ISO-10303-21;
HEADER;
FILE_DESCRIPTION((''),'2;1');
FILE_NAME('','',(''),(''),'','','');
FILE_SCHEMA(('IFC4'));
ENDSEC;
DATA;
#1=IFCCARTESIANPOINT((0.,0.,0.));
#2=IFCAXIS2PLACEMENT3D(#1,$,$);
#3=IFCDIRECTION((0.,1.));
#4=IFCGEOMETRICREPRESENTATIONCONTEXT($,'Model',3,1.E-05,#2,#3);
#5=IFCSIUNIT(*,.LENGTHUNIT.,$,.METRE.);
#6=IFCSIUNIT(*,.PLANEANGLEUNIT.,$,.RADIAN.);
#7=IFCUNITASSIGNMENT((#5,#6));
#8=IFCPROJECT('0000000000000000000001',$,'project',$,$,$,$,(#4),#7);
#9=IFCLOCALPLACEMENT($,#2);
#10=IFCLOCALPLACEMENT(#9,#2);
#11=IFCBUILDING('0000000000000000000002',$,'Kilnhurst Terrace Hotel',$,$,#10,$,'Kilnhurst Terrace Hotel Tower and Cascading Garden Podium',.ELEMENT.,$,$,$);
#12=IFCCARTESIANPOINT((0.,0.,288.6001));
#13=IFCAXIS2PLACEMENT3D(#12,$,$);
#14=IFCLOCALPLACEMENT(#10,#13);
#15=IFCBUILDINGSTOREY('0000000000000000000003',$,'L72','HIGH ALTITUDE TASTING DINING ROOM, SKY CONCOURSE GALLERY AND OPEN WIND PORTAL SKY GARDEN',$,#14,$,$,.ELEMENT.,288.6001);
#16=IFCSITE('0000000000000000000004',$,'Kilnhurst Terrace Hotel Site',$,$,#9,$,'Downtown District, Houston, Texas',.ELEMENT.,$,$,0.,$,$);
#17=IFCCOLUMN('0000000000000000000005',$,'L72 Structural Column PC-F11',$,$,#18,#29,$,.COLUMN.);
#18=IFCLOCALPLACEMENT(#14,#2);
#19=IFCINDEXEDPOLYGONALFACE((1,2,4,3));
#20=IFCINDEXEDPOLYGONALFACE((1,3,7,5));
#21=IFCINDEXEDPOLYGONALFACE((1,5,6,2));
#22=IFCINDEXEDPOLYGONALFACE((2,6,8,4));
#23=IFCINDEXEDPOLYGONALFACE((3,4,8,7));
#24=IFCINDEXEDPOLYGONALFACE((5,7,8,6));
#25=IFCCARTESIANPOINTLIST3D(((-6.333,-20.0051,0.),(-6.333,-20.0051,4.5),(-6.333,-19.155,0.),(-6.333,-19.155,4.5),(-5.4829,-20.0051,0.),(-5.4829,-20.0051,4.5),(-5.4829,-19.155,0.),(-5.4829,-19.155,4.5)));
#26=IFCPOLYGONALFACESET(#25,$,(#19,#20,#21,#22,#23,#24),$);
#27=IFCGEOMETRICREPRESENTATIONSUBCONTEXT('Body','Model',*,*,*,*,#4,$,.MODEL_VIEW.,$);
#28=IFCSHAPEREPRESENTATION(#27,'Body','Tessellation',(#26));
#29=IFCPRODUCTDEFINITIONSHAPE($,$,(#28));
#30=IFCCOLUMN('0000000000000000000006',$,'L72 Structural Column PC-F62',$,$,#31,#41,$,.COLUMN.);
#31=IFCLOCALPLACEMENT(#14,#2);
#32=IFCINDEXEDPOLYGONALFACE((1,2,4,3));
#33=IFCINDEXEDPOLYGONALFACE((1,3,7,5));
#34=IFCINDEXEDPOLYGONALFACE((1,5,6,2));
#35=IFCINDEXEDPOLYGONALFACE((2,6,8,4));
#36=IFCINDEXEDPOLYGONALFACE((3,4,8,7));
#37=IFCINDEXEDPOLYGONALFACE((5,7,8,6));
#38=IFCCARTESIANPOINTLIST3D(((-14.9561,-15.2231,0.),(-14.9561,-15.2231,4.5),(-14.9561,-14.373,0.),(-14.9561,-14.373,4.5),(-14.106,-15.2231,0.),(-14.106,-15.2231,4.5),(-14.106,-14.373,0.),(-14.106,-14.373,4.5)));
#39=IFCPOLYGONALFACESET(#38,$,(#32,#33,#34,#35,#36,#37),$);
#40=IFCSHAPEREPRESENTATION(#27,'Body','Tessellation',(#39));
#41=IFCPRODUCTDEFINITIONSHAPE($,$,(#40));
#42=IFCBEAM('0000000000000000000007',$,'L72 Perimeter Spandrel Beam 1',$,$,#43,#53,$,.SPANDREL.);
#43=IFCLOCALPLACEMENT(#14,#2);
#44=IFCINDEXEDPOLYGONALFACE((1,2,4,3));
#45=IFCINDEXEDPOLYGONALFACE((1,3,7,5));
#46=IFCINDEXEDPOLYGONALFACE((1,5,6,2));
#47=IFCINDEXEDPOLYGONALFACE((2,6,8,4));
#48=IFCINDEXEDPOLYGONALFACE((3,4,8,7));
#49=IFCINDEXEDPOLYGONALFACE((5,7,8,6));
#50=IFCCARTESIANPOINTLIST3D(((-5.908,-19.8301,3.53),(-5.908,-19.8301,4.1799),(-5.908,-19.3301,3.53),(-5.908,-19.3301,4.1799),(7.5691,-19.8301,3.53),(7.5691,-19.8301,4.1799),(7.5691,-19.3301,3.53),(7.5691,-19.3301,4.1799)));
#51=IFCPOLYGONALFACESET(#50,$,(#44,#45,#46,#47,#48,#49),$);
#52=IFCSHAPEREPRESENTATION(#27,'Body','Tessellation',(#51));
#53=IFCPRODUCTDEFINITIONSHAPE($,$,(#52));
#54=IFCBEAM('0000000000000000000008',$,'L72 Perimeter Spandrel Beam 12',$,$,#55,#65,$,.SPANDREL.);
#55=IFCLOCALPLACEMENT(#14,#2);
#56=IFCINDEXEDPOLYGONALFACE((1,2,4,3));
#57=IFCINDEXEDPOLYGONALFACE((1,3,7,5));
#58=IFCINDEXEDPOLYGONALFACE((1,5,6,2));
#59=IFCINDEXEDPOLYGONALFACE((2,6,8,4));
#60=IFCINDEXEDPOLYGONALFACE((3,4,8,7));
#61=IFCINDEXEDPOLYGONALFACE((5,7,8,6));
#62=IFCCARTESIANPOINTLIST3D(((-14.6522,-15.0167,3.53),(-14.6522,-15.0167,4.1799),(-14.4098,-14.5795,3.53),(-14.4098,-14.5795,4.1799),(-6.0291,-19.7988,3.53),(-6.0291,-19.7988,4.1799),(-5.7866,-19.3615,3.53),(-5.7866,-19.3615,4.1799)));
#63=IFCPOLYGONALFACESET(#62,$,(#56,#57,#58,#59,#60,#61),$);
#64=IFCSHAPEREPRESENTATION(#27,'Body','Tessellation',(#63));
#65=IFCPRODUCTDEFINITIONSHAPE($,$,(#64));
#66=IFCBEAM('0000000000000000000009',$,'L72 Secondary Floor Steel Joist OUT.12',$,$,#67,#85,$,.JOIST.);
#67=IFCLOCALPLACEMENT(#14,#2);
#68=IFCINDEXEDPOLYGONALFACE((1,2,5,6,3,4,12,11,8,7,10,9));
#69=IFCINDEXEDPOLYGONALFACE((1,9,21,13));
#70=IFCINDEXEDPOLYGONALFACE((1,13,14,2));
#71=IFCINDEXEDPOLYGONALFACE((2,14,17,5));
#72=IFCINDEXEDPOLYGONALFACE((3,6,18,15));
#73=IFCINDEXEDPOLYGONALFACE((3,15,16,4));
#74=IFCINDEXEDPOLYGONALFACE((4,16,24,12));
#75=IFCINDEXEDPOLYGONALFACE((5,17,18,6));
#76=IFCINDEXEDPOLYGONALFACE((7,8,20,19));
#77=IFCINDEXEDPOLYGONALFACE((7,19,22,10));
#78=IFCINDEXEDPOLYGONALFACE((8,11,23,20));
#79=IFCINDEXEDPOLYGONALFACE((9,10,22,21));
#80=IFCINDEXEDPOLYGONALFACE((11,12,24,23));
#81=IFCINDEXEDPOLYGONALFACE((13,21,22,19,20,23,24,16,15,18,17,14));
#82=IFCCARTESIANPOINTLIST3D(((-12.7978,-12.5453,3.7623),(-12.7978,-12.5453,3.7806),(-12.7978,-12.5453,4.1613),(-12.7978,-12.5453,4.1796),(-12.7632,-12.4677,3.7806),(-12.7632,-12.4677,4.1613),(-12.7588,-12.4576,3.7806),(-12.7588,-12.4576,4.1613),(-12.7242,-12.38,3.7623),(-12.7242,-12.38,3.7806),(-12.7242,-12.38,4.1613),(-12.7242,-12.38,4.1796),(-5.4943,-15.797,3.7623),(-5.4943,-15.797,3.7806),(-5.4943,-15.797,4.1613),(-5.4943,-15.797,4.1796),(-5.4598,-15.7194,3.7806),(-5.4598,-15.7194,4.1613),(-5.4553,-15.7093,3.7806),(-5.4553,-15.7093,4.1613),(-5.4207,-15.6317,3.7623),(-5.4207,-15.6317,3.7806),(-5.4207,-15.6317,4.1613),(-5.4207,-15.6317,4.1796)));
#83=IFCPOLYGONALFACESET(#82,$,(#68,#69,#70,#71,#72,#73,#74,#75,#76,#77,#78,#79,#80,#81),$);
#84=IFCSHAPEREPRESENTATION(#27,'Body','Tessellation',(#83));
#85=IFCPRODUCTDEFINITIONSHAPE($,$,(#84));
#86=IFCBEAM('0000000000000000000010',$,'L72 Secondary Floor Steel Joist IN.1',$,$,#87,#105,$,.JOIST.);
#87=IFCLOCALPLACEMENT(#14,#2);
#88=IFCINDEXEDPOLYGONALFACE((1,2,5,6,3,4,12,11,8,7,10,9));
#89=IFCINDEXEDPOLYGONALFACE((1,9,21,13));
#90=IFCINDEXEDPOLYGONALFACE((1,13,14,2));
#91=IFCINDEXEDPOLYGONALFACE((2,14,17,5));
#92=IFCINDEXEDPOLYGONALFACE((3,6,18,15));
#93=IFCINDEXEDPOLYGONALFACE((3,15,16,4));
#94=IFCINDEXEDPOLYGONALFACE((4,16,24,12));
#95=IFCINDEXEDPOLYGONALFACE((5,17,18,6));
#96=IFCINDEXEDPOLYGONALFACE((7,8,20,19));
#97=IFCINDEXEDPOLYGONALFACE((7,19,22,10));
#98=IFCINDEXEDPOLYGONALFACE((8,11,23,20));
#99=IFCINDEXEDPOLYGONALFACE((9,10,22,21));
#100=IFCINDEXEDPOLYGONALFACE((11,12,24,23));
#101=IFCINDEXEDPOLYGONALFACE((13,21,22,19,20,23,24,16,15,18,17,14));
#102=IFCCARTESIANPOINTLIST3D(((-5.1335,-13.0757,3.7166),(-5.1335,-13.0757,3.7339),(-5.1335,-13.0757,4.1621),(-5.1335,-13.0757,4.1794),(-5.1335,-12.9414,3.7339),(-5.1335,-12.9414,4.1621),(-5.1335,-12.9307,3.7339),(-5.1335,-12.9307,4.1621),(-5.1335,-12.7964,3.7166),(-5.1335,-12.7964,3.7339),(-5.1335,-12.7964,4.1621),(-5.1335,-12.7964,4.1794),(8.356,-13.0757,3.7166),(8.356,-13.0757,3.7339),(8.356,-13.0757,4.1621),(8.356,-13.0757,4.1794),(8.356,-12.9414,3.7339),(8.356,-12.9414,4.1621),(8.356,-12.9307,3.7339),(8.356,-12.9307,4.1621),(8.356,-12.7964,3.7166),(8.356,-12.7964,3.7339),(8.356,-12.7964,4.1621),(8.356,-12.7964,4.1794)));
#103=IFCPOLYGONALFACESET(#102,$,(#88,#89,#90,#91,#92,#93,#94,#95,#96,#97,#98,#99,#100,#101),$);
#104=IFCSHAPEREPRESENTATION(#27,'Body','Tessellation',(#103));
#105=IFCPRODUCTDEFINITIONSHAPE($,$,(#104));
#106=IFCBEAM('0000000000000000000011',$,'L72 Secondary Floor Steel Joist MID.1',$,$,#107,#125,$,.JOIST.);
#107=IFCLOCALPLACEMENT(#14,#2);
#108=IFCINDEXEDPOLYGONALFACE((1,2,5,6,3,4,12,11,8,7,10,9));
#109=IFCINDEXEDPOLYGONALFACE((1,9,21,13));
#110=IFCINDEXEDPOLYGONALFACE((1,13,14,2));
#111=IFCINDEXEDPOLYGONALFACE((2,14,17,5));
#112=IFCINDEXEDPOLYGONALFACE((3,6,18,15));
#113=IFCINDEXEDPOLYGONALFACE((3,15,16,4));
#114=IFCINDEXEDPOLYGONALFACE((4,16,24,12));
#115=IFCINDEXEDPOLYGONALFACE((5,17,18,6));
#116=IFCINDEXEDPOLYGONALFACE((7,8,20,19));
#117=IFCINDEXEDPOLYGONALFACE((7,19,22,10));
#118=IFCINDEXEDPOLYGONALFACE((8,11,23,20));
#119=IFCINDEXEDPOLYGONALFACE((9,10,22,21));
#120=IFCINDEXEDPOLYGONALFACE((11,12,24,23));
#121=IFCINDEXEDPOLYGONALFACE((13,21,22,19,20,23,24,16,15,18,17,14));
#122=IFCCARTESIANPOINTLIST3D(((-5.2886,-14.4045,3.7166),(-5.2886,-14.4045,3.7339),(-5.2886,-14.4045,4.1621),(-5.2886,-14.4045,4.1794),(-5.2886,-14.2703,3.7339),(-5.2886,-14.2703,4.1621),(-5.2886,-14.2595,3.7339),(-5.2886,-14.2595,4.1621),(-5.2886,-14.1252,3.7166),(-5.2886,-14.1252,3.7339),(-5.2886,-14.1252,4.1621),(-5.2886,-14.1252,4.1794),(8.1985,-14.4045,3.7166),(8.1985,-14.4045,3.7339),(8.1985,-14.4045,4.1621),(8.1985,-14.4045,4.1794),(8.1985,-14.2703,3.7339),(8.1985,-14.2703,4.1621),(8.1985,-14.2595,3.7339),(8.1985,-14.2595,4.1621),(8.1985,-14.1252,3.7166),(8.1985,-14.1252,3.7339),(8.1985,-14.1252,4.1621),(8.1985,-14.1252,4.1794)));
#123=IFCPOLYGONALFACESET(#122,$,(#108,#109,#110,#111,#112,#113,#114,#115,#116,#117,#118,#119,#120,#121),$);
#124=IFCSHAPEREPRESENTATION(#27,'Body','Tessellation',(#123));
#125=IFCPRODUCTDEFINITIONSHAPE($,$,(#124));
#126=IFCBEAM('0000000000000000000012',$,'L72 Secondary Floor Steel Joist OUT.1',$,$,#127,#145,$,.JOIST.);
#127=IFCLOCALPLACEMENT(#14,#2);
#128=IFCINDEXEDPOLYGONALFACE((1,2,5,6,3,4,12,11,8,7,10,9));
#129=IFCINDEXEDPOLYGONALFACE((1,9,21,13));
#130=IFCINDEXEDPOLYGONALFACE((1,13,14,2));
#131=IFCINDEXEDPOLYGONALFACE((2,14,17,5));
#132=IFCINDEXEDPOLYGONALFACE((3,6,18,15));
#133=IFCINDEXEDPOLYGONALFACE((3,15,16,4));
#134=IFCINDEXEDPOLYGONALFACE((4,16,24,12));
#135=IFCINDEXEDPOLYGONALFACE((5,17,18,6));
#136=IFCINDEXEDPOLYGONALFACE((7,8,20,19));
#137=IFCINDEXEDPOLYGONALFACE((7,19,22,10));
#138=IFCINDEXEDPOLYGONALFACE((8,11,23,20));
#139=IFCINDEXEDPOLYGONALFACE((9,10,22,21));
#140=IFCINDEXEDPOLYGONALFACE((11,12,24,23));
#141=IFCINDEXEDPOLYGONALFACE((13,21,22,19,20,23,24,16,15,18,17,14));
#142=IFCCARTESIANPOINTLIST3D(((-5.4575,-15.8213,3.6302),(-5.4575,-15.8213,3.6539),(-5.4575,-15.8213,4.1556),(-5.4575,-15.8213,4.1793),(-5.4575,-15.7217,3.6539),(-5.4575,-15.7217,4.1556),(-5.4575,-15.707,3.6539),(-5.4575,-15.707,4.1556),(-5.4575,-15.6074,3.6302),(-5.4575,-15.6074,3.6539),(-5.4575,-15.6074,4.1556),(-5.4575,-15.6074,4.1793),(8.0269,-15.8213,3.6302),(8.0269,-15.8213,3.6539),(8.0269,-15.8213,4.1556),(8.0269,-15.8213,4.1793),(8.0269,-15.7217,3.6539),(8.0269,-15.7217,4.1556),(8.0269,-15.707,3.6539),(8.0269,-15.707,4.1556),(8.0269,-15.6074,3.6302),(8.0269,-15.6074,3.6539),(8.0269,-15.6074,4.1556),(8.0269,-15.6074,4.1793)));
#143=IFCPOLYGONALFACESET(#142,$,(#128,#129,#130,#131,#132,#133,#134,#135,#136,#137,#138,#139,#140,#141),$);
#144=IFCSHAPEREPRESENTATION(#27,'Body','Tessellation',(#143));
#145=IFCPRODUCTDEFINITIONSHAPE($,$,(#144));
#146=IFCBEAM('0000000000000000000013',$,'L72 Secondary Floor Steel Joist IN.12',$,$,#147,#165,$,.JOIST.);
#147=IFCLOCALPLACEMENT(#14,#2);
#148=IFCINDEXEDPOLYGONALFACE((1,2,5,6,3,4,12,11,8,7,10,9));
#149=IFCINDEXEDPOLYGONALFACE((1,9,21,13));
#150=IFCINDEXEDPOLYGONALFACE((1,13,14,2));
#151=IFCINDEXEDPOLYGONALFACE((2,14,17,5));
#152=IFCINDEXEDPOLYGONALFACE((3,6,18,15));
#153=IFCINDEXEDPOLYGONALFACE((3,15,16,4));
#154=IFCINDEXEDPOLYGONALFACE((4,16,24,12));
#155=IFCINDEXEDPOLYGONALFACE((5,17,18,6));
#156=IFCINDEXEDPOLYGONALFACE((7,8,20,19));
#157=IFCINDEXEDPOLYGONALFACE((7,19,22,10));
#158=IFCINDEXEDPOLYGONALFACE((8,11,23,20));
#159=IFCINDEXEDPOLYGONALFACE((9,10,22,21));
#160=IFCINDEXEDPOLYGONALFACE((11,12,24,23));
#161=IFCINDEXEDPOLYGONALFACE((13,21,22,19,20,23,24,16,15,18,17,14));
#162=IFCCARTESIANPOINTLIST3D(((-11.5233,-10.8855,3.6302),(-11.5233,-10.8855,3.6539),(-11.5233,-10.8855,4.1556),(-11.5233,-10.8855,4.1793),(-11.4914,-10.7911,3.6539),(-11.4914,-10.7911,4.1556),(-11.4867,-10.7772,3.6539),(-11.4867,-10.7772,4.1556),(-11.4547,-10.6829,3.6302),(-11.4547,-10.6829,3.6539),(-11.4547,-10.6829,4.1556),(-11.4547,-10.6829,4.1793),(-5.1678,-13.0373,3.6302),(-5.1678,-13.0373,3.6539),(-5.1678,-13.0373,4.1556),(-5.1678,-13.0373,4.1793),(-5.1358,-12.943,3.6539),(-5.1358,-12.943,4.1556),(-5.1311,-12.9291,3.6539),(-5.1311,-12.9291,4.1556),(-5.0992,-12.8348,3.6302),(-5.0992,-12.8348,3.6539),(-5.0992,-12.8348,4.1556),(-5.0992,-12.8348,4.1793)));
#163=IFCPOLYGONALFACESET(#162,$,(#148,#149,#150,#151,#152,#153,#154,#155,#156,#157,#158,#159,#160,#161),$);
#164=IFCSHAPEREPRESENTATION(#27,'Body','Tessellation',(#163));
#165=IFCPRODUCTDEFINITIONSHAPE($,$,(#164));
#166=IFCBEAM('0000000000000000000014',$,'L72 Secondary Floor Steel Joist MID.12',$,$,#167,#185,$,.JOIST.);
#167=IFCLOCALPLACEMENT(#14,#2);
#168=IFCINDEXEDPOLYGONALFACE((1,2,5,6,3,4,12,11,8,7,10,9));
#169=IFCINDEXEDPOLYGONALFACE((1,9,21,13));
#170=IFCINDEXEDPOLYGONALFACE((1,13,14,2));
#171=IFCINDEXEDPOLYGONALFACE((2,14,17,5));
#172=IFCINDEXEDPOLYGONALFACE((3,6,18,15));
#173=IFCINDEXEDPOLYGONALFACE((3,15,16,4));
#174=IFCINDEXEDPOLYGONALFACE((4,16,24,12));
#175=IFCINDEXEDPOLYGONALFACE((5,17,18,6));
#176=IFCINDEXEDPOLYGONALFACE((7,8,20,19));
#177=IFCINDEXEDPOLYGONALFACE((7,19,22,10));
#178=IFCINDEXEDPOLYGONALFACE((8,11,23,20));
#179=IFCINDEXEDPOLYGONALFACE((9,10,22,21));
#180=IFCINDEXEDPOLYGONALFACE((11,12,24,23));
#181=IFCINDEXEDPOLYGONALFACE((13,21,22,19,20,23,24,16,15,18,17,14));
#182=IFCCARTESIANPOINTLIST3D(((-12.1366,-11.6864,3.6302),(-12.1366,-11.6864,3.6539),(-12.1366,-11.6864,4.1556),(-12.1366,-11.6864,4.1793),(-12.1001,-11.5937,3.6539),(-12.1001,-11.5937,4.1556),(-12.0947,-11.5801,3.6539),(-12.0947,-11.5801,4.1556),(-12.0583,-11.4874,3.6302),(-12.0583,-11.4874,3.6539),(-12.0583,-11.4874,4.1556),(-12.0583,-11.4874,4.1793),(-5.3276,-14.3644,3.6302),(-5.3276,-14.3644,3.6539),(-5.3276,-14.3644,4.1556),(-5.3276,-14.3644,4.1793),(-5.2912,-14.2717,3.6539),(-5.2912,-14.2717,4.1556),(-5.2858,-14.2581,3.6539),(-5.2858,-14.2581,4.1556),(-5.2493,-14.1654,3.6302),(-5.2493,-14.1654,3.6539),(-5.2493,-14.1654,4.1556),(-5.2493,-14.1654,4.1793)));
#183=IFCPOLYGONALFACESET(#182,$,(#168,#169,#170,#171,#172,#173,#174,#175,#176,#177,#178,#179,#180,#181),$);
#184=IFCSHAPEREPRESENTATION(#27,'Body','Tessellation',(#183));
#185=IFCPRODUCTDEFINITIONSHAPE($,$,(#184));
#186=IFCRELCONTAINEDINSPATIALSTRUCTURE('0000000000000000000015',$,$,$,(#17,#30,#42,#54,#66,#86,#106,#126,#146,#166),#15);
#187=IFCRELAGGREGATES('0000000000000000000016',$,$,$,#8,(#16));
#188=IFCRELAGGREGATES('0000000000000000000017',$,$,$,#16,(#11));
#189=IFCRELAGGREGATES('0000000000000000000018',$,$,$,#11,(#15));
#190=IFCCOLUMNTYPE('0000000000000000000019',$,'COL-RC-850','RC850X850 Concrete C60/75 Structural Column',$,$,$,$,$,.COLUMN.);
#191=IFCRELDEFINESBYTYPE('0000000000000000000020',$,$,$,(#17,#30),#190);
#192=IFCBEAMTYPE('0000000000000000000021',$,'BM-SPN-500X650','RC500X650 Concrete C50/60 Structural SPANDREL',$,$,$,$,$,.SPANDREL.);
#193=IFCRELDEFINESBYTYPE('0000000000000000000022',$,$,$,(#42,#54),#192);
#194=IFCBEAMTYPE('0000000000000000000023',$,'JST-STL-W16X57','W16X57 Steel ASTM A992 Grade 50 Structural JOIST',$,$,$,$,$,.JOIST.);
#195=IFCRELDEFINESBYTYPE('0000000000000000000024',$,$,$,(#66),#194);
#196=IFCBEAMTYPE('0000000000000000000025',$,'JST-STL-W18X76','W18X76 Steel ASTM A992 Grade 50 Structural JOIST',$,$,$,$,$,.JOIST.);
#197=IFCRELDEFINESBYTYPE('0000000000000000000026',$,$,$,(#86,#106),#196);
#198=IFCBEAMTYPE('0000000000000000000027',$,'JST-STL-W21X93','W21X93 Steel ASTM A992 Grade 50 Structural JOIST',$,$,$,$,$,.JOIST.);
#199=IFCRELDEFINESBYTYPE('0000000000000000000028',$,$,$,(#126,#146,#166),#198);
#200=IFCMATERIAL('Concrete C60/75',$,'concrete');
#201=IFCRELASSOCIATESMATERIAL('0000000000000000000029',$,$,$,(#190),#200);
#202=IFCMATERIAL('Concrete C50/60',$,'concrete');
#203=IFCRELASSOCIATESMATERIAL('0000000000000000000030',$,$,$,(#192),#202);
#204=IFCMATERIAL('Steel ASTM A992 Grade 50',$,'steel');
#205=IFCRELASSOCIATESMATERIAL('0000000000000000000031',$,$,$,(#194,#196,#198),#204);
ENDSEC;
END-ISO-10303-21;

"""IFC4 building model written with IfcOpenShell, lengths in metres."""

from ifc_helpers import new_model, si_unit, direction, frame, origin, origin_2d, place, context, subcontext, project, spatial, rectangle, i_section, extrude, material, material_profile, profile_set, type_object, element, save


model = new_model("IFC4")

# Units and contexts
model_context = context("Model", 3, precision=1e-05, world=origin(), true_north=direction((0.0, 1.0)))
body_context = subcontext(model_context, "Body", "Model", "MODEL_VIEW")
ifc_project = project(units=[si_unit("LENGTHUNIT", "METRE"), si_unit("PLANEANGLEUNIT", "RADIAN")], contexts=[model_context])

# Site, building, storey
site_placement = place(None, origin())
site = spatial("IfcSite", under=ifc_project, at=site_placement, Name="Kilnhurst Terrace Hotel Site", LongName="Downtown District, Houston, Texas", CompositionType="ELEMENT", RefElevation=0.0)
building_placement = place(site_placement, origin())
building = spatial("IfcBuilding", under=site, at=building_placement, Name="Kilnhurst Terrace Hotel", LongName="Kilnhurst Terrace Hotel Tower and Cascading Garden Podium", CompositionType="ELEMENT")
storey_placement = place(building_placement, frame((0.0, 0.0, 288.6001)))
storey = spatial("IfcBuildingStorey", under=building, at=storey_placement, Name="L72", Description="HIGH ALTITUDE TASTING DINING ROOM, SKY CONCOURSE GALLERY AND OPEN WIND PORTAL SKY GARDEN", CompositionType="ELEMENT", Elevation=288.6001)

# Columns
ifc_material_1 = material(Name="Concrete C60/75", Category="concrete")
ifc_material_profile_1 = material_profile(ifc_material_1, rectangle(XDim=0.8501, YDim=0.8501, at=origin_2d()), Name="RC850X850")
ifc_profile_set_1 = profile_set([ifc_material_profile_1], Name="Concrete C60/75")
column_type = type_object("IfcColumnType", Name="COL-RC-850", Description="RC850X850 Concrete C60/75 Structural Column", PredefinedType="COLUMN", material=ifc_profile_set_1)
for number, where, z_axis, x_axis, name in (
    (1, (-5.908, -19.5801, 0.0), (0.0, 0.0, 1.0), (1.0, 0.0, 0.0), "L72 Structural Column PC-F11"),
    (2, (-14.531, -14.7981, 0.0), (0.0, 0.0, 1.0), (1.0, 0.0, 0.0), "L72 Structural Column PC-F62"),
):
    element("IfcColumn", number, at=place(storey_placement, frame(where, z_axis=z_axis, x_axis=x_axis)), inside=storey, type_object=column_type, Name=name, PredefinedType="COLUMN", context=body_context, shape_type="SweptSolid", body=[
        extrude(rectangle(XDim=0.8501, YDim=0.8501, at=origin_2d()), origin(), (0.0, 0.0, 1.0), 4.5),
    ])

# Beams
ifc_material_2 = material(Name="Concrete C50/60", Category="concrete")
ifc_material_profile_2 = material_profile(ifc_material_2, rectangle(XDim=0.5, YDim=0.6499, at=origin_2d()), Name="RC500X650")
ifc_profile_set_2 = profile_set([ifc_material_profile_2], Name="Concrete C50/60")
beam_type_1 = type_object("IfcBeamType", Name="BM-SPN-500X650", Description="RC500X650 Concrete C50/60 Structural SPANDREL", PredefinedType="SPANDREL", material=ifc_profile_set_2)
beam_1_placement = place(storey_placement, frame((-5.908, -19.5801, 3.855), z_axis=(1.0, 0.0, 0.0), x_axis=(0.0, 1.0, 0.0)))
element("IfcBeam", 3, at=beam_1_placement, inside=storey, type_object=beam_type_1, Name="L72 Perimeter Spandrel Beam 1", PredefinedType="SPANDREL", context=body_context, shape_type="SweptSolid", body=[
    extrude(rectangle(XDim=0.5, YDim=0.6499, at=origin_2d()), origin(), (0.0, 0.0, 1.0), 13.4771),
])
beam_2_placement = place(storey_placement, frame((-14.531, -14.7981, 3.855), z_axis=(0.874527, -0.484976, 0.0), x_axis=(0.484976, 0.874527, 0.0)))
element("IfcBeam", 4, at=beam_2_placement, inside=storey, type_object=beam_type_1, Name="L72 Perimeter Spandrel Beam 12", PredefinedType="SPANDREL", context=body_context, shape_type="SweptSolid", body=[
    extrude(rectangle(XDim=0.5, YDim=0.6499, at=origin_2d()), origin(), (0.0, 0.0, 1.0), 9.8604),
])
ifc_material_3 = material(Name="Steel ASTM A992 Grade 50", Category="steel")
ifc_material_profile_3 = material_profile(ifc_material_3, i_section(OverallWidth=0.1809, OverallDepth=0.4172, WebThickness=0.011, FlangeThickness=0.0183, at=origin_2d()), Name="W16X57")
ifc_profile_set_3 = profile_set([ifc_material_profile_3], Name="Steel ASTM A992 Grade 50")
beam_type_2 = type_object("IfcBeamType", Name="JST-STL-W16X57", Description="W16X57 Steel ASTM A992 Grade 50 Structural JOIST", PredefinedType="JOIST", material=ifc_profile_set_3)
beam_3_placement = place(storey_placement, frame((-12.761, -12.4626, 3.9709), z_axis=(0.913546, -0.406736, 0.0), x_axis=(0.406736, 0.913546, 0.0)))
element("IfcBeam", 5, at=beam_3_placement, inside=storey, type_object=beam_type_2, Name="L72 Secondary Floor Steel Joist OUT.12", PredefinedType="JOIST", context=body_context, shape_type="SweptSolid", body=[
    extrude(i_section(OverallWidth=0.1809, OverallDepth=0.4172, WebThickness=0.011, FlangeThickness=0.0183, at=origin_2d()), origin(), (0.0, 0.0, 1.0), 7.9946),
])
ifc_material_profile_4 = material_profile(ifc_material_3, i_section(OverallWidth=0.2793, OverallDepth=0.4629, WebThickness=0.0107, FlangeThickness=0.0173, at=origin_2d()), Name="W18X76")
ifc_profile_set_4 = profile_set([ifc_material_profile_4], Name="Steel ASTM A992 Grade 50")
beam_type_3 = type_object("IfcBeamType", Name="JST-STL-W18X76", Description="W18X76 Steel ASTM A992 Grade 50 Structural JOIST", PredefinedType="JOIST", material=ifc_profile_set_4)
beam_4_placement = place(storey_placement, frame((-5.1335, -12.936, 3.948), z_axis=(1.0, 0.0, 0.0), x_axis=(0.0, 1.0, 0.0)))
element("IfcBeam", 6, at=beam_4_placement, inside=storey, type_object=beam_type_3, Name="L72 Secondary Floor Steel Joist IN.1", PredefinedType="JOIST", context=body_context, shape_type="SweptSolid", body=[
    extrude(i_section(OverallWidth=0.2793, OverallDepth=0.4629, WebThickness=0.0107, FlangeThickness=0.0173, at=origin_2d()), origin(), (0.0, 0.0, 1.0), 13.4895),
])
beam_5_placement = place(storey_placement, frame((-5.2886, -14.2649, 3.948), z_axis=(1.0, 0.0, 0.0), x_axis=(0.0, 1.0, 0.0)))
element("IfcBeam", 7, at=beam_5_placement, inside=storey, type_object=beam_type_3, Name="L72 Secondary Floor Steel Joist MID.1", PredefinedType="JOIST", context=body_context, shape_type="SweptSolid", body=[
    extrude(i_section(OverallWidth=0.2793, OverallDepth=0.4629, WebThickness=0.0107, FlangeThickness=0.0173, at=origin_2d()), origin(), (0.0, 0.0, 1.0), 13.4871),
])
ifc_material_profile_5 = material_profile(ifc_material_3, i_section(OverallWidth=0.2139, OverallDepth=0.5491, WebThickness=0.0146, FlangeThickness=0.0237, at=origin_2d()), Name="W21X93")
ifc_profile_set_5 = profile_set([ifc_material_profile_5], Name="Steel ASTM A992 Grade 50")
beam_type_4 = type_object("IfcBeamType", Name="JST-STL-W21X93", Description="W21X93 Steel ASTM A992 Grade 50 Structural JOIST", PredefinedType="JOIST", material=ifc_profile_set_5)
beam_6_placement = place(storey_placement, frame((-5.4575, -15.7144, 3.9048), z_axis=(1.0, 0.0, 0.0), x_axis=(0.0, 1.0, 0.0)))
element("IfcBeam", 8, at=beam_6_placement, inside=storey, type_object=beam_type_4, Name="L72 Secondary Floor Steel Joist OUT.1", PredefinedType="JOIST", context=body_context, shape_type="SweptSolid", body=[
    extrude(i_section(OverallWidth=0.2139, OverallDepth=0.5491, WebThickness=0.0146, FlangeThickness=0.0237, at=origin_2d()), origin(), (0.0, 0.0, 1.0), 13.4844),
])
beam_7_placement = place(storey_placement, frame((-11.489, -10.7842, 3.9048), z_axis=(0.947181, -0.3207, 0.0), x_axis=(0.3207, 0.947181, 0.0)))
element("IfcBeam", 9, at=beam_7_placement, inside=storey, type_object=beam_type_4, Name="L72 Secondary Floor Steel Joist IN.12", PredefinedType="JOIST", context=body_context, shape_type="SweptSolid", body=[
    extrude(i_section(OverallWidth=0.2139, OverallDepth=0.5491, WebThickness=0.0146, FlangeThickness=0.0237, at=origin_2d()), origin(), (0.0, 0.0, 1.0), 6.71),
])
beam_8_placement = place(storey_placement, frame((-12.0974, -11.5869, 3.9048), z_axis=(0.930608, -0.366017, 0.0), x_axis=(0.366017, 0.930608, 0.0)))
element("IfcBeam", 10, at=beam_8_placement, inside=storey, type_object=beam_type_4, Name="L72 Secondary Floor Steel Joist MID.12", PredefinedType="JOIST", context=body_context, shape_type="SweptSolid", body=[
    extrude(i_section(OverallWidth=0.2139, OverallDepth=0.5491, WebThickness=0.0146, FlangeThickness=0.0237, at=origin_2d()), origin(), (0.0, 0.0, 1.0), 7.3167),
])

save(model, "model.ifc")
